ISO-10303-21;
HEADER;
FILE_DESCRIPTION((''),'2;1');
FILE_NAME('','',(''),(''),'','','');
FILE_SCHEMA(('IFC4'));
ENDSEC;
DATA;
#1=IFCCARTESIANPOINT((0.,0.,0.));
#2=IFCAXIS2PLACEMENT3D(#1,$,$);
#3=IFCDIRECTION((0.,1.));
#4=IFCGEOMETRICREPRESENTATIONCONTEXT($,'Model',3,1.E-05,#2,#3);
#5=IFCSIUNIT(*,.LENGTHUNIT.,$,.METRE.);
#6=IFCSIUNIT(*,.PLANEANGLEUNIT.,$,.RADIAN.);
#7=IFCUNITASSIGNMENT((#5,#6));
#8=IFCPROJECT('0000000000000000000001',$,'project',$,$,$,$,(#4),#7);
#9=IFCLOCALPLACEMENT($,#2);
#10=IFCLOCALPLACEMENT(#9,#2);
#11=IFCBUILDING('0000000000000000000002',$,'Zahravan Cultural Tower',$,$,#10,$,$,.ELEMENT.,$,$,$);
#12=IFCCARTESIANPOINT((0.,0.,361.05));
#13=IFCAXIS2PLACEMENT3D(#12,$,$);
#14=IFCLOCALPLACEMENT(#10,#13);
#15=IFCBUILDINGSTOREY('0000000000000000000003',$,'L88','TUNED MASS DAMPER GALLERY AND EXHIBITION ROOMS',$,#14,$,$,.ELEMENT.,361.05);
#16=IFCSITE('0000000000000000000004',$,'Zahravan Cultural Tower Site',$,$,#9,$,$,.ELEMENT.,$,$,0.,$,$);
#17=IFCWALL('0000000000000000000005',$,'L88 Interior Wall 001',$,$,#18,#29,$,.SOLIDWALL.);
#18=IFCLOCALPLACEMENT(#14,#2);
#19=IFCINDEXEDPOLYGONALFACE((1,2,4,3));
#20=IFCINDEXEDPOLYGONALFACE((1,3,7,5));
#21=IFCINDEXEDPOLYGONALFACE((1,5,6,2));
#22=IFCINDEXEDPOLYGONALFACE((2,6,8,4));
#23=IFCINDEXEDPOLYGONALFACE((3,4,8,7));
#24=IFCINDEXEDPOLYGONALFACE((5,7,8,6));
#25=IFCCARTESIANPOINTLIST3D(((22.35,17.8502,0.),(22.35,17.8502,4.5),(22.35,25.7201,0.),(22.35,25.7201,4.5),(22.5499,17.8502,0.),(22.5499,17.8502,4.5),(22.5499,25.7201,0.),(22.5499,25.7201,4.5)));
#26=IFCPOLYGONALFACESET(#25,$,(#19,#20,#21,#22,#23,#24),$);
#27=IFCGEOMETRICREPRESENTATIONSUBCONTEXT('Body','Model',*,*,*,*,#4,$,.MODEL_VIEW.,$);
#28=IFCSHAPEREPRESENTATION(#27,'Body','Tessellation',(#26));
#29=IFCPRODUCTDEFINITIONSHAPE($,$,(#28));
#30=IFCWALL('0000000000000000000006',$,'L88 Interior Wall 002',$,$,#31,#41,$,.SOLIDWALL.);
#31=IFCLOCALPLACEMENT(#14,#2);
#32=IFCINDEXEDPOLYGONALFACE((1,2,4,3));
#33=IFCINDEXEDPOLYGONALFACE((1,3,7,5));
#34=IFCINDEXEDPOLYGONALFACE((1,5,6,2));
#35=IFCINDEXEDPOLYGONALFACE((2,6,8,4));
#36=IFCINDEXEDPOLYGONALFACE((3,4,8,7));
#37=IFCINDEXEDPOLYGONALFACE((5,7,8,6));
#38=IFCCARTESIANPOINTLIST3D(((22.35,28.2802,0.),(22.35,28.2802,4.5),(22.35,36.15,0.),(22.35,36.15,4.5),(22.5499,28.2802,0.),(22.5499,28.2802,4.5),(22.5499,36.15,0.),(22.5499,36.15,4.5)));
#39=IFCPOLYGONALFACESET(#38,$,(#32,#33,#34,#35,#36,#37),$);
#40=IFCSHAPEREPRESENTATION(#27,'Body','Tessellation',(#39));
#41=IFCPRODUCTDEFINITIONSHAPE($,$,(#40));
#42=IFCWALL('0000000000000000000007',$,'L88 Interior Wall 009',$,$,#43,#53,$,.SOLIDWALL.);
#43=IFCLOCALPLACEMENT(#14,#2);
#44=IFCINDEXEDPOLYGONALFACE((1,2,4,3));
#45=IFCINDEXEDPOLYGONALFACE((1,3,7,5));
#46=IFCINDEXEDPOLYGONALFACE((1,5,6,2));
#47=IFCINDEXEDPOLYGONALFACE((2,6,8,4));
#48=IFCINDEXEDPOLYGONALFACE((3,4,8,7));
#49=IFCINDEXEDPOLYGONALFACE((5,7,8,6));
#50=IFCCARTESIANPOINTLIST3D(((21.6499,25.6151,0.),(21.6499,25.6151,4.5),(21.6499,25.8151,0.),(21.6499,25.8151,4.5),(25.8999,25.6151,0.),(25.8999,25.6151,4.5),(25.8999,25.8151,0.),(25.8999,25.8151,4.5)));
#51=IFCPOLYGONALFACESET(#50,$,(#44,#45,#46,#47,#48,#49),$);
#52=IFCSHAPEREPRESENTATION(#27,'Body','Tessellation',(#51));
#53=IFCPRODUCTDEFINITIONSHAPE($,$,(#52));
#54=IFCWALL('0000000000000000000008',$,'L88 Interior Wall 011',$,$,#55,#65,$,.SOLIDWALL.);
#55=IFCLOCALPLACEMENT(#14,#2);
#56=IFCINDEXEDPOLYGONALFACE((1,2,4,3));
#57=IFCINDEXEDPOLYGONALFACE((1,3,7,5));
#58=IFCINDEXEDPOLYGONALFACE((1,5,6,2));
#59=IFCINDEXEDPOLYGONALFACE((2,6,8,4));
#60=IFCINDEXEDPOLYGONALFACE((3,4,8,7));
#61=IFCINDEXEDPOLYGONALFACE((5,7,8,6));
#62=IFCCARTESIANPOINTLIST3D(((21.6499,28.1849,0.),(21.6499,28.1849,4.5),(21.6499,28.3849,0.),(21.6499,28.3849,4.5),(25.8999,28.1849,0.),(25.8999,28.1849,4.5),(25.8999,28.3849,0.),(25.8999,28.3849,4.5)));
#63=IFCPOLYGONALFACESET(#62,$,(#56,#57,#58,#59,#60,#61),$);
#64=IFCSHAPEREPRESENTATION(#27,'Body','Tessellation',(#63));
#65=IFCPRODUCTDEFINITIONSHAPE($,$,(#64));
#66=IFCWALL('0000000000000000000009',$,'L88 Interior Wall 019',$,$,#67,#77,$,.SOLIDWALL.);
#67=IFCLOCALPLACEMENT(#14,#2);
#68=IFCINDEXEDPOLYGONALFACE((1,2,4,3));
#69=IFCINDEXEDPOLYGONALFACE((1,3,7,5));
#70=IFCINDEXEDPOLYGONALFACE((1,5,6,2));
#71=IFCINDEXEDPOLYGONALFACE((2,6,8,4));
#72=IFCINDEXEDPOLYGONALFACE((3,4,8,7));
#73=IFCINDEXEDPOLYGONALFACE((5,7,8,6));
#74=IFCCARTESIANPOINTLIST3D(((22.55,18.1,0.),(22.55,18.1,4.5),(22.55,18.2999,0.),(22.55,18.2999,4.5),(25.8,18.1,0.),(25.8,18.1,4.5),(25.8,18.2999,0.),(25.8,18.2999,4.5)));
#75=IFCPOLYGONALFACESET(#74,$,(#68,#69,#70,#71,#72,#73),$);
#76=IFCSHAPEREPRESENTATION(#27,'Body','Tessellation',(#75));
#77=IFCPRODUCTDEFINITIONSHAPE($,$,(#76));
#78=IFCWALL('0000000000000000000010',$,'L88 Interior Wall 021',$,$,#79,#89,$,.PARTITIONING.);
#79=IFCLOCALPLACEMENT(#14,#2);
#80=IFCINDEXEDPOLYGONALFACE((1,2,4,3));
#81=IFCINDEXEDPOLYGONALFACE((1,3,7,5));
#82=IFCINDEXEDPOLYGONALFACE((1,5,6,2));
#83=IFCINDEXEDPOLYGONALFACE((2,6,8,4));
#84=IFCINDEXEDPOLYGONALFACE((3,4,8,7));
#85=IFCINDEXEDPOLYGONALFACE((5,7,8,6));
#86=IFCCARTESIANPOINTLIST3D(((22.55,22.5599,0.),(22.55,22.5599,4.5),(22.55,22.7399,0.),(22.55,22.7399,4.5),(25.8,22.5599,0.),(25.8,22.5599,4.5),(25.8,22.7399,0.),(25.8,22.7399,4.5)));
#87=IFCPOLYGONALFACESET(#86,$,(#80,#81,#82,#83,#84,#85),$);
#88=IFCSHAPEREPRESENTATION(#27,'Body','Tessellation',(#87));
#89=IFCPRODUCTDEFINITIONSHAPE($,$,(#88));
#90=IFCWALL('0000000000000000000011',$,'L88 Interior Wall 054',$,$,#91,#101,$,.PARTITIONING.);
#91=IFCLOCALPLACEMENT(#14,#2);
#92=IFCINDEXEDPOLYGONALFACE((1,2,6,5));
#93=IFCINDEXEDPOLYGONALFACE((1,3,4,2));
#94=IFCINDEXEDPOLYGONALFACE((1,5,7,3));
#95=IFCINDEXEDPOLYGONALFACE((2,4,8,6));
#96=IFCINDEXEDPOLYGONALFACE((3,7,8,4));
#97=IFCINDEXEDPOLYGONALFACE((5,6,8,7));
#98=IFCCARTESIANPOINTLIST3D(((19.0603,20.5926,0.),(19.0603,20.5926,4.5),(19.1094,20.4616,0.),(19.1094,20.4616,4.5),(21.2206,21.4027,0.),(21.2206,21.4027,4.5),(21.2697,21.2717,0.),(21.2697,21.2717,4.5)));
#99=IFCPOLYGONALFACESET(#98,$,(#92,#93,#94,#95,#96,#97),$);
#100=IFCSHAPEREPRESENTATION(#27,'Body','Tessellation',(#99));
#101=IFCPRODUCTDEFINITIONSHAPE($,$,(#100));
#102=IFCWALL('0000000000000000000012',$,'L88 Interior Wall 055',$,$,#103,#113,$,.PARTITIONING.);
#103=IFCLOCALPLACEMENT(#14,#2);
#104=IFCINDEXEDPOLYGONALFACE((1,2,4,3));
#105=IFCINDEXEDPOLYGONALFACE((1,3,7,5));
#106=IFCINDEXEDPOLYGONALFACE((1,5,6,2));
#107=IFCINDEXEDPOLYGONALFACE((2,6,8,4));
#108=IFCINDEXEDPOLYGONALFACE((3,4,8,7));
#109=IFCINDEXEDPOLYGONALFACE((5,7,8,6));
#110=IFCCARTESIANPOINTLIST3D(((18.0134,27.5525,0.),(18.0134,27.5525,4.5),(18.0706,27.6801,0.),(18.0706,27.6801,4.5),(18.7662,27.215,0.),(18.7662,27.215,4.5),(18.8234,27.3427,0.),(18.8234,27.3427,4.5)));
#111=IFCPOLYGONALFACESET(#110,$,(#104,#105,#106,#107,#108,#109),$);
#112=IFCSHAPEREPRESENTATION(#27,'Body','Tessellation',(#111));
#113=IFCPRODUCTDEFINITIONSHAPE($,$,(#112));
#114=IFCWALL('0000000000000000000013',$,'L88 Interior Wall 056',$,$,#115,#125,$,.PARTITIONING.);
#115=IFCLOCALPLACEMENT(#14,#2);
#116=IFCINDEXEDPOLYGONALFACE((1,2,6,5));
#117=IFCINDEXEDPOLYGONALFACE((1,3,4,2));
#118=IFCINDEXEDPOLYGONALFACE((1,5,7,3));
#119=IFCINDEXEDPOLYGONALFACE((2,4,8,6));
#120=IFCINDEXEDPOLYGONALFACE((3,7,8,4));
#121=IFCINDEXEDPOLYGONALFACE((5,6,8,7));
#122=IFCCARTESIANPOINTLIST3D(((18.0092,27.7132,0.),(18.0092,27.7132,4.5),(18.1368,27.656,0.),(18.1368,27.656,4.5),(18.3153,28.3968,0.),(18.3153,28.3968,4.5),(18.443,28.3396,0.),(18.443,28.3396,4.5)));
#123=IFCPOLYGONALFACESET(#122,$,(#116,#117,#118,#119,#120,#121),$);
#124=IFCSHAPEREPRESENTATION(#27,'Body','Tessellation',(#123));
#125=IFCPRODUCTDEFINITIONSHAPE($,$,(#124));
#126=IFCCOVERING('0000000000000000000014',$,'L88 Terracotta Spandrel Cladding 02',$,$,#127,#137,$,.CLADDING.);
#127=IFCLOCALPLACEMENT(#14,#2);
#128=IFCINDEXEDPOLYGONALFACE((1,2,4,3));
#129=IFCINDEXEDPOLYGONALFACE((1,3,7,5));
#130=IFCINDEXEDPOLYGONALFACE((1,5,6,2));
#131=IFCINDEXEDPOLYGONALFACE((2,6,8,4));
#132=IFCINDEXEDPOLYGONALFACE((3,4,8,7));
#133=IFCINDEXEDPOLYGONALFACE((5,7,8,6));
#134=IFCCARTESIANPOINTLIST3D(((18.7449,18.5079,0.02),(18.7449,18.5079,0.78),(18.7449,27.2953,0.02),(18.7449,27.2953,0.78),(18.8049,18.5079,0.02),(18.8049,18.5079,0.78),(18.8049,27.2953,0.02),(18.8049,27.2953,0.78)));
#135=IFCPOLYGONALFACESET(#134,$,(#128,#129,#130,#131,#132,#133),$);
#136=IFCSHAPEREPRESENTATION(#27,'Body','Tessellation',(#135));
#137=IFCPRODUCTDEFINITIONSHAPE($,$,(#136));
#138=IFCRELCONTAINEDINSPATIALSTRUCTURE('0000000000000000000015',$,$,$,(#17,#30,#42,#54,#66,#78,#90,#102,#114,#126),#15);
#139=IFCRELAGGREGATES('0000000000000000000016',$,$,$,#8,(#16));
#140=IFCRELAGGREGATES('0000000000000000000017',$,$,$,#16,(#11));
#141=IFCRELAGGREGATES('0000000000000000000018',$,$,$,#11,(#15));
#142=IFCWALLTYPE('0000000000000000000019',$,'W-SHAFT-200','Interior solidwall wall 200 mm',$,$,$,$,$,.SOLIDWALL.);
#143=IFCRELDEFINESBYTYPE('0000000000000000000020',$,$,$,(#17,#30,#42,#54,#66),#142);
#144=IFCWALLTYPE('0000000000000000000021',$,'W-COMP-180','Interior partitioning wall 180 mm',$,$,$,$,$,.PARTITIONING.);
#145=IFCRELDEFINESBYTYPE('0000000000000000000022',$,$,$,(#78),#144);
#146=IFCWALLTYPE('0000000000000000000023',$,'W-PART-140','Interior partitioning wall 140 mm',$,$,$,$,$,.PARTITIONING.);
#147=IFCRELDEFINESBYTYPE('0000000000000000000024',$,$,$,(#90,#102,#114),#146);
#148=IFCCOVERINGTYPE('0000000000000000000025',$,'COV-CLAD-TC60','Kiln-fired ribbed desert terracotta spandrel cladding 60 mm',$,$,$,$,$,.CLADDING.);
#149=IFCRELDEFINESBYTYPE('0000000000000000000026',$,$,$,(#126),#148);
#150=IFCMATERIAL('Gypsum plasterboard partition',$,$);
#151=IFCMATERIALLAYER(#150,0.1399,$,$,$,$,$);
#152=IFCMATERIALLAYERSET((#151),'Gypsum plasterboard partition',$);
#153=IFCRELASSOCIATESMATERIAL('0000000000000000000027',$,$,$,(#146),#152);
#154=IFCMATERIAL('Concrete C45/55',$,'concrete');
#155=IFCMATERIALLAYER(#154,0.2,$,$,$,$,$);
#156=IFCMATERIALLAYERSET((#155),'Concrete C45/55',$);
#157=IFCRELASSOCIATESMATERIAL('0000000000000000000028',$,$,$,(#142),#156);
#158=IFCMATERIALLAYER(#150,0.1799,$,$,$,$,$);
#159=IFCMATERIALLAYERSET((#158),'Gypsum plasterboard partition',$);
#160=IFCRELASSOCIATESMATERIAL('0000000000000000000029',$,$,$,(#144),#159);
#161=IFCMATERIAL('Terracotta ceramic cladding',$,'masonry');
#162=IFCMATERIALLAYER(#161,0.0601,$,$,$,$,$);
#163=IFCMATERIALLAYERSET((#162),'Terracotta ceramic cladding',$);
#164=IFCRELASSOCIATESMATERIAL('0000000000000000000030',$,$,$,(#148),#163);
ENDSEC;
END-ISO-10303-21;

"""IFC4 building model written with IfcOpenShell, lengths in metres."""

from ifc_helpers import new_model, si_unit, direction, frame, frame_2d, origin, origin_2d, place, context, subcontext, project, spatial, rectangle, extrude, source, transform, mapped, material, layer, layer_set, type_object, element, save


model = new_model("IFC4")

# Units and contexts
model_context = context("Model", 3, precision=1e-05, world=origin(), true_north=direction((0.0, 1.0)))
body_context = subcontext(model_context, "Body", "Model", "MODEL_VIEW")
ifc_project = project(units=[si_unit("LENGTHUNIT", "METRE"), si_unit("PLANEANGLEUNIT", "RADIAN")], contexts=[model_context])

# Site, building, storey
site_placement = place(None, origin())
site = spatial("IfcSite", under=ifc_project, at=site_placement, Name="Zahravan Cultural Tower Site", CompositionType="ELEMENT", RefElevation=0.0)
building_placement = place(site_placement, origin())
building = spatial("IfcBuilding", under=site, at=building_placement, Name="Zahravan Cultural Tower", CompositionType="ELEMENT")
storey_placement = place(building_placement, frame((0.0, 0.0, 361.05)))
storey = spatial("IfcBuildingStorey", under=building, at=storey_placement, Name="L88", Description="TUNED MASS DAMPER GALLERY AND EXHIBITION ROOMS", CompositionType="ELEMENT", Elevation=361.05)

# Shared definitions
ifc_material_1 = material(Name="Gypsum plasterboard partition")
ifc_layer_1 = layer(ifc_material_1, 0.1399)
ifc_layer_set_1 = layer_set([ifc_layer_1], Name="Gypsum plasterboard partition")
wall_type_1 = type_object("IfcWallType", Name="W-PART-140", Description="Interior partitioning wall 140 mm", PredefinedType="PARTITIONING", material=ifc_layer_set_1)

# Walls
ifc_material_2 = material(Name="Concrete C45/55", Category="concrete")
ifc_layer_2 = layer(ifc_material_2, 0.2)
ifc_layer_set_2 = layer_set([ifc_layer_2], Name="Concrete C45/55")
wall_type_2 = type_object("IfcWallType", Name="W-SHAFT-200", Description="Interior solidwall wall 200 mm", PredefinedType="SOLIDWALL", material=ifc_layer_set_2)
shared_shape_1 = source(origin(), body_context, "Body", "SweptSolid", [
    extrude(rectangle(XDim=7.8699, YDim=0.2, at=frame_2d((3.9351, 0.0))), origin(), (0.0, 0.0, 1.0), 4.5),
])
for number, where, z_axis, x_axis, name in (
    (1, (22.45, 17.8501, 0.0), (0.0, 0.0, 1.0), (0.0, 1.0, 0.0), "L88 Interior Wall 001"),
    (2, (22.45, 28.28, 0.0), (0.0, 0.0, 1.0), (0.0, 1.0, 0.0), "L88 Interior Wall 002"),
):
    element("IfcWall", number, at=place(storey_placement, frame(where, z_axis=z_axis, x_axis=x_axis)), inside=storey, type_object=wall_type_2, Name=name, PredefinedType="SOLIDWALL", context=body_context, shape_type="MappedRepresentation", body=[
        mapped(shared_shape_1, transform((0.0, 0.0, 0.0), x_axis=(1.0, 0.0, 0.0), y_axis=(0.0, 1.0, 0.0), z_axis=(0.0, 0.0, 1.0), scale=1.0)),
    ])
shared_shape_2 = source(origin(), body_context, "Body", "SweptSolid", [
    extrude(rectangle(XDim=4.25, YDim=0.2, at=frame_2d((2.125, 0.0))), origin(), (0.0, 0.0, 1.0), 4.5),
])
for number, where, z_axis, x_axis, name in (
    (3, (21.6499, 25.7151, 0.0), (0.0, 0.0, 1.0), (1.0, 0.0, 0.0), "L88 Interior Wall 009"),
    (4, (21.6499, 28.2849, 0.0), (0.0, 0.0, 1.0), (1.0, 0.0, 0.0), "L88 Interior Wall 011"),
):
    element("IfcWall", number, at=place(storey_placement, frame(where, z_axis=z_axis, x_axis=x_axis)), inside=storey, type_object=wall_type_2, Name=name, PredefinedType="SOLIDWALL", context=body_context, shape_type="MappedRepresentation", body=[
        mapped(shared_shape_2, transform((0.0, 0.0, 0.0), x_axis=(1.0, 0.0, 0.0), y_axis=(0.0, 1.0, 0.0), z_axis=(0.0, 0.0, 1.0), scale=1.0)),
    ])
shared_shape_3 = source(origin(), body_context, "Body", "SweptSolid", [
    extrude(rectangle(XDim=3.25, YDim=0.2, at=frame_2d((1.625, 0.0))), origin(), (0.0, 0.0, 1.0), 4.5),
])
wall_1_placement = place(storey_placement, frame((22.55, 18.2, 0.0), z_axis=(0.0, 0.0, 1.0), x_axis=(1.0, 0.0, 0.0)))
element("IfcWall", 5, at=wall_1_placement, inside=storey, type_object=wall_type_2, Name="L88 Interior Wall 019", PredefinedType="SOLIDWALL", context=body_context, shape_type="MappedRepresentation", body=[
    mapped(shared_shape_3, transform((0.0, 0.0, 0.0), x_axis=(1.0, 0.0, 0.0), y_axis=(0.0, 1.0, 0.0), z_axis=(0.0, 0.0, 1.0), scale=1.0)),
])
ifc_layer_3 = layer(ifc_material_1, 0.1799)
ifc_layer_set_3 = layer_set([ifc_layer_3], Name="Gypsum plasterboard partition")
wall_type_3 = type_object("IfcWallType", Name="W-COMP-180", Description="Interior partitioning wall 180 mm", PredefinedType="PARTITIONING", material=ifc_layer_set_3)
shared_shape_4 = source(origin(), body_context, "Body", "SweptSolid", [
    extrude(rectangle(XDim=3.25, YDim=0.1799, at=frame_2d((1.625, 0.0))), origin(), (0.0, 0.0, 1.0), 4.5),
])
wall_2_placement = place(storey_placement, frame((22.55, 22.6499, 0.0), z_axis=(0.0, 0.0, 1.0), x_axis=(1.0, 0.0, 0.0)))
element("IfcWall", 6, at=wall_2_placement, inside=storey, type_object=wall_type_3, Name="L88 Interior Wall 021", PredefinedType="PARTITIONING", context=body_context, shape_type="MappedRepresentation", body=[
    mapped(shared_shape_4, transform((0.0, 0.0, 0.0), x_axis=(1.0, 0.0, 0.0), y_axis=(0.0, 1.0, 0.0), z_axis=(0.0, 0.0, 1.0), scale=1.0)),
])
shared_shape_5 = source(origin(), body_context, "Body", "SweptSolid", [
    extrude(rectangle(XDim=2.3071, YDim=0.1399, at=frame_2d((1.1536, 0.0))), origin(), (0.0, 0.0, 1.0), 4.5),
])
wall_3_placement = place(storey_placement, frame((21.2451, 21.3372, 0.0), z_axis=(0.0, 0.0, 1.0), x_axis=(-0.936329, -0.351123, 0.0)))
element("IfcWall", 7, at=wall_3_placement, inside=storey, type_object=wall_type_1, Name="L88 Interior Wall 054", PredefinedType="PARTITIONING", context=body_context, shape_type="MappedRepresentation", body=[
    mapped(shared_shape_5, transform((0.0, 0.0, 0.0), x_axis=(1.0, 0.0, 0.0), y_axis=(0.0, 1.0, 0.0), z_axis=(0.0, 0.0, 1.0), scale=1.0)),
])
shared_shape_6 = source(origin(), body_context, "Body", "SweptSolid", [
    extrude(rectangle(XDim=0.825, YDim=0.1399, at=frame_2d((0.4126, 0.0))), origin(), (0.0, 0.0, 1.0), 4.5),
])
wall_4_placement = place(storey_placement, frame((18.7949, 27.2788, 0.0), z_axis=(0.0, 0.0, 1.0), x_axis=(-0.912513, 0.409047, 0.0)))
element("IfcWall", 8, at=wall_4_placement, inside=storey, type_object=wall_type_1, Name="L88 Interior Wall 055", PredefinedType="PARTITIONING", context=body_context, shape_type="MappedRepresentation", body=[
    mapped(shared_shape_6, transform((0.0, 0.0, 0.0), x_axis=(1.0, 0.0, 0.0), y_axis=(0.0, 1.0, 0.0), z_axis=(0.0, 0.0, 1.0), scale=1.0)),
])
shared_shape_7 = source(origin(), body_context, "Body", "SweptSolid", [
    extrude(rectangle(XDim=0.749, YDim=0.1399, at=frame_2d((0.3745, 0.0))), origin(), (0.0, 0.0, 1.0), 4.5),
])
wall_5_placement = place(storey_placement, frame((18.073, 27.6846, 0.0), z_axis=(0.0, 0.0, 1.0), x_axis=(0.408738, 0.912652, 0.0)))
element("IfcWall", 9, at=wall_5_placement, inside=storey, type_object=wall_type_1, Name="L88 Interior Wall 056", PredefinedType="PARTITIONING", context=body_context, shape_type="MappedRepresentation", body=[
    mapped(shared_shape_7, transform((0.0, 0.0, 0.0), x_axis=(1.0, 0.0, 0.0), y_axis=(0.0, 1.0, 0.0), z_axis=(0.0, 0.0, 1.0), scale=1.0)),
])

# Covering
ifc_material_3 = material(Name="Terracotta ceramic cladding", Category="masonry")
ifc_layer_4 = layer(ifc_material_3, 0.0601)
ifc_layer_set_4 = layer_set([ifc_layer_4], Name="Terracotta ceramic cladding")
covering_type = type_object("IfcCoveringType", Name="COV-CLAD-TC60", Description="Kiln-fired ribbed desert terracotta spandrel cladding 60 mm", PredefinedType="CLADDING", material=ifc_layer_set_4)
shared_shape_8 = source(origin(), body_context, "Body", "SweptSolid", [
    extrude(rectangle(XDim=8.7874, YDim=0.0601, at=origin_2d()), origin(), (0.0, 0.0, 1.0), 0.76),
])
covering_placement = place(storey_placement, frame((18.7749, 22.9016, 0.02), z_axis=(0.0, 0.0, 1.0), x_axis=(0.0, 1.0, 0.0)))
element("IfcCovering", 10, at=covering_placement, inside=storey, type_object=covering_type, Name="L88 Terracotta Spandrel Cladding 02", PredefinedType="CLADDING", context=body_context, shape_type="MappedRepresentation", body=[
    mapped(shared_shape_8, transform((0.0, 0.0, 0.0), x_axis=(1.0, 0.0, 0.0), y_axis=(0.0, 1.0, 0.0), z_axis=(0.0, 0.0, 1.0), scale=1.0)),
])

save(model, "model.ifc")
